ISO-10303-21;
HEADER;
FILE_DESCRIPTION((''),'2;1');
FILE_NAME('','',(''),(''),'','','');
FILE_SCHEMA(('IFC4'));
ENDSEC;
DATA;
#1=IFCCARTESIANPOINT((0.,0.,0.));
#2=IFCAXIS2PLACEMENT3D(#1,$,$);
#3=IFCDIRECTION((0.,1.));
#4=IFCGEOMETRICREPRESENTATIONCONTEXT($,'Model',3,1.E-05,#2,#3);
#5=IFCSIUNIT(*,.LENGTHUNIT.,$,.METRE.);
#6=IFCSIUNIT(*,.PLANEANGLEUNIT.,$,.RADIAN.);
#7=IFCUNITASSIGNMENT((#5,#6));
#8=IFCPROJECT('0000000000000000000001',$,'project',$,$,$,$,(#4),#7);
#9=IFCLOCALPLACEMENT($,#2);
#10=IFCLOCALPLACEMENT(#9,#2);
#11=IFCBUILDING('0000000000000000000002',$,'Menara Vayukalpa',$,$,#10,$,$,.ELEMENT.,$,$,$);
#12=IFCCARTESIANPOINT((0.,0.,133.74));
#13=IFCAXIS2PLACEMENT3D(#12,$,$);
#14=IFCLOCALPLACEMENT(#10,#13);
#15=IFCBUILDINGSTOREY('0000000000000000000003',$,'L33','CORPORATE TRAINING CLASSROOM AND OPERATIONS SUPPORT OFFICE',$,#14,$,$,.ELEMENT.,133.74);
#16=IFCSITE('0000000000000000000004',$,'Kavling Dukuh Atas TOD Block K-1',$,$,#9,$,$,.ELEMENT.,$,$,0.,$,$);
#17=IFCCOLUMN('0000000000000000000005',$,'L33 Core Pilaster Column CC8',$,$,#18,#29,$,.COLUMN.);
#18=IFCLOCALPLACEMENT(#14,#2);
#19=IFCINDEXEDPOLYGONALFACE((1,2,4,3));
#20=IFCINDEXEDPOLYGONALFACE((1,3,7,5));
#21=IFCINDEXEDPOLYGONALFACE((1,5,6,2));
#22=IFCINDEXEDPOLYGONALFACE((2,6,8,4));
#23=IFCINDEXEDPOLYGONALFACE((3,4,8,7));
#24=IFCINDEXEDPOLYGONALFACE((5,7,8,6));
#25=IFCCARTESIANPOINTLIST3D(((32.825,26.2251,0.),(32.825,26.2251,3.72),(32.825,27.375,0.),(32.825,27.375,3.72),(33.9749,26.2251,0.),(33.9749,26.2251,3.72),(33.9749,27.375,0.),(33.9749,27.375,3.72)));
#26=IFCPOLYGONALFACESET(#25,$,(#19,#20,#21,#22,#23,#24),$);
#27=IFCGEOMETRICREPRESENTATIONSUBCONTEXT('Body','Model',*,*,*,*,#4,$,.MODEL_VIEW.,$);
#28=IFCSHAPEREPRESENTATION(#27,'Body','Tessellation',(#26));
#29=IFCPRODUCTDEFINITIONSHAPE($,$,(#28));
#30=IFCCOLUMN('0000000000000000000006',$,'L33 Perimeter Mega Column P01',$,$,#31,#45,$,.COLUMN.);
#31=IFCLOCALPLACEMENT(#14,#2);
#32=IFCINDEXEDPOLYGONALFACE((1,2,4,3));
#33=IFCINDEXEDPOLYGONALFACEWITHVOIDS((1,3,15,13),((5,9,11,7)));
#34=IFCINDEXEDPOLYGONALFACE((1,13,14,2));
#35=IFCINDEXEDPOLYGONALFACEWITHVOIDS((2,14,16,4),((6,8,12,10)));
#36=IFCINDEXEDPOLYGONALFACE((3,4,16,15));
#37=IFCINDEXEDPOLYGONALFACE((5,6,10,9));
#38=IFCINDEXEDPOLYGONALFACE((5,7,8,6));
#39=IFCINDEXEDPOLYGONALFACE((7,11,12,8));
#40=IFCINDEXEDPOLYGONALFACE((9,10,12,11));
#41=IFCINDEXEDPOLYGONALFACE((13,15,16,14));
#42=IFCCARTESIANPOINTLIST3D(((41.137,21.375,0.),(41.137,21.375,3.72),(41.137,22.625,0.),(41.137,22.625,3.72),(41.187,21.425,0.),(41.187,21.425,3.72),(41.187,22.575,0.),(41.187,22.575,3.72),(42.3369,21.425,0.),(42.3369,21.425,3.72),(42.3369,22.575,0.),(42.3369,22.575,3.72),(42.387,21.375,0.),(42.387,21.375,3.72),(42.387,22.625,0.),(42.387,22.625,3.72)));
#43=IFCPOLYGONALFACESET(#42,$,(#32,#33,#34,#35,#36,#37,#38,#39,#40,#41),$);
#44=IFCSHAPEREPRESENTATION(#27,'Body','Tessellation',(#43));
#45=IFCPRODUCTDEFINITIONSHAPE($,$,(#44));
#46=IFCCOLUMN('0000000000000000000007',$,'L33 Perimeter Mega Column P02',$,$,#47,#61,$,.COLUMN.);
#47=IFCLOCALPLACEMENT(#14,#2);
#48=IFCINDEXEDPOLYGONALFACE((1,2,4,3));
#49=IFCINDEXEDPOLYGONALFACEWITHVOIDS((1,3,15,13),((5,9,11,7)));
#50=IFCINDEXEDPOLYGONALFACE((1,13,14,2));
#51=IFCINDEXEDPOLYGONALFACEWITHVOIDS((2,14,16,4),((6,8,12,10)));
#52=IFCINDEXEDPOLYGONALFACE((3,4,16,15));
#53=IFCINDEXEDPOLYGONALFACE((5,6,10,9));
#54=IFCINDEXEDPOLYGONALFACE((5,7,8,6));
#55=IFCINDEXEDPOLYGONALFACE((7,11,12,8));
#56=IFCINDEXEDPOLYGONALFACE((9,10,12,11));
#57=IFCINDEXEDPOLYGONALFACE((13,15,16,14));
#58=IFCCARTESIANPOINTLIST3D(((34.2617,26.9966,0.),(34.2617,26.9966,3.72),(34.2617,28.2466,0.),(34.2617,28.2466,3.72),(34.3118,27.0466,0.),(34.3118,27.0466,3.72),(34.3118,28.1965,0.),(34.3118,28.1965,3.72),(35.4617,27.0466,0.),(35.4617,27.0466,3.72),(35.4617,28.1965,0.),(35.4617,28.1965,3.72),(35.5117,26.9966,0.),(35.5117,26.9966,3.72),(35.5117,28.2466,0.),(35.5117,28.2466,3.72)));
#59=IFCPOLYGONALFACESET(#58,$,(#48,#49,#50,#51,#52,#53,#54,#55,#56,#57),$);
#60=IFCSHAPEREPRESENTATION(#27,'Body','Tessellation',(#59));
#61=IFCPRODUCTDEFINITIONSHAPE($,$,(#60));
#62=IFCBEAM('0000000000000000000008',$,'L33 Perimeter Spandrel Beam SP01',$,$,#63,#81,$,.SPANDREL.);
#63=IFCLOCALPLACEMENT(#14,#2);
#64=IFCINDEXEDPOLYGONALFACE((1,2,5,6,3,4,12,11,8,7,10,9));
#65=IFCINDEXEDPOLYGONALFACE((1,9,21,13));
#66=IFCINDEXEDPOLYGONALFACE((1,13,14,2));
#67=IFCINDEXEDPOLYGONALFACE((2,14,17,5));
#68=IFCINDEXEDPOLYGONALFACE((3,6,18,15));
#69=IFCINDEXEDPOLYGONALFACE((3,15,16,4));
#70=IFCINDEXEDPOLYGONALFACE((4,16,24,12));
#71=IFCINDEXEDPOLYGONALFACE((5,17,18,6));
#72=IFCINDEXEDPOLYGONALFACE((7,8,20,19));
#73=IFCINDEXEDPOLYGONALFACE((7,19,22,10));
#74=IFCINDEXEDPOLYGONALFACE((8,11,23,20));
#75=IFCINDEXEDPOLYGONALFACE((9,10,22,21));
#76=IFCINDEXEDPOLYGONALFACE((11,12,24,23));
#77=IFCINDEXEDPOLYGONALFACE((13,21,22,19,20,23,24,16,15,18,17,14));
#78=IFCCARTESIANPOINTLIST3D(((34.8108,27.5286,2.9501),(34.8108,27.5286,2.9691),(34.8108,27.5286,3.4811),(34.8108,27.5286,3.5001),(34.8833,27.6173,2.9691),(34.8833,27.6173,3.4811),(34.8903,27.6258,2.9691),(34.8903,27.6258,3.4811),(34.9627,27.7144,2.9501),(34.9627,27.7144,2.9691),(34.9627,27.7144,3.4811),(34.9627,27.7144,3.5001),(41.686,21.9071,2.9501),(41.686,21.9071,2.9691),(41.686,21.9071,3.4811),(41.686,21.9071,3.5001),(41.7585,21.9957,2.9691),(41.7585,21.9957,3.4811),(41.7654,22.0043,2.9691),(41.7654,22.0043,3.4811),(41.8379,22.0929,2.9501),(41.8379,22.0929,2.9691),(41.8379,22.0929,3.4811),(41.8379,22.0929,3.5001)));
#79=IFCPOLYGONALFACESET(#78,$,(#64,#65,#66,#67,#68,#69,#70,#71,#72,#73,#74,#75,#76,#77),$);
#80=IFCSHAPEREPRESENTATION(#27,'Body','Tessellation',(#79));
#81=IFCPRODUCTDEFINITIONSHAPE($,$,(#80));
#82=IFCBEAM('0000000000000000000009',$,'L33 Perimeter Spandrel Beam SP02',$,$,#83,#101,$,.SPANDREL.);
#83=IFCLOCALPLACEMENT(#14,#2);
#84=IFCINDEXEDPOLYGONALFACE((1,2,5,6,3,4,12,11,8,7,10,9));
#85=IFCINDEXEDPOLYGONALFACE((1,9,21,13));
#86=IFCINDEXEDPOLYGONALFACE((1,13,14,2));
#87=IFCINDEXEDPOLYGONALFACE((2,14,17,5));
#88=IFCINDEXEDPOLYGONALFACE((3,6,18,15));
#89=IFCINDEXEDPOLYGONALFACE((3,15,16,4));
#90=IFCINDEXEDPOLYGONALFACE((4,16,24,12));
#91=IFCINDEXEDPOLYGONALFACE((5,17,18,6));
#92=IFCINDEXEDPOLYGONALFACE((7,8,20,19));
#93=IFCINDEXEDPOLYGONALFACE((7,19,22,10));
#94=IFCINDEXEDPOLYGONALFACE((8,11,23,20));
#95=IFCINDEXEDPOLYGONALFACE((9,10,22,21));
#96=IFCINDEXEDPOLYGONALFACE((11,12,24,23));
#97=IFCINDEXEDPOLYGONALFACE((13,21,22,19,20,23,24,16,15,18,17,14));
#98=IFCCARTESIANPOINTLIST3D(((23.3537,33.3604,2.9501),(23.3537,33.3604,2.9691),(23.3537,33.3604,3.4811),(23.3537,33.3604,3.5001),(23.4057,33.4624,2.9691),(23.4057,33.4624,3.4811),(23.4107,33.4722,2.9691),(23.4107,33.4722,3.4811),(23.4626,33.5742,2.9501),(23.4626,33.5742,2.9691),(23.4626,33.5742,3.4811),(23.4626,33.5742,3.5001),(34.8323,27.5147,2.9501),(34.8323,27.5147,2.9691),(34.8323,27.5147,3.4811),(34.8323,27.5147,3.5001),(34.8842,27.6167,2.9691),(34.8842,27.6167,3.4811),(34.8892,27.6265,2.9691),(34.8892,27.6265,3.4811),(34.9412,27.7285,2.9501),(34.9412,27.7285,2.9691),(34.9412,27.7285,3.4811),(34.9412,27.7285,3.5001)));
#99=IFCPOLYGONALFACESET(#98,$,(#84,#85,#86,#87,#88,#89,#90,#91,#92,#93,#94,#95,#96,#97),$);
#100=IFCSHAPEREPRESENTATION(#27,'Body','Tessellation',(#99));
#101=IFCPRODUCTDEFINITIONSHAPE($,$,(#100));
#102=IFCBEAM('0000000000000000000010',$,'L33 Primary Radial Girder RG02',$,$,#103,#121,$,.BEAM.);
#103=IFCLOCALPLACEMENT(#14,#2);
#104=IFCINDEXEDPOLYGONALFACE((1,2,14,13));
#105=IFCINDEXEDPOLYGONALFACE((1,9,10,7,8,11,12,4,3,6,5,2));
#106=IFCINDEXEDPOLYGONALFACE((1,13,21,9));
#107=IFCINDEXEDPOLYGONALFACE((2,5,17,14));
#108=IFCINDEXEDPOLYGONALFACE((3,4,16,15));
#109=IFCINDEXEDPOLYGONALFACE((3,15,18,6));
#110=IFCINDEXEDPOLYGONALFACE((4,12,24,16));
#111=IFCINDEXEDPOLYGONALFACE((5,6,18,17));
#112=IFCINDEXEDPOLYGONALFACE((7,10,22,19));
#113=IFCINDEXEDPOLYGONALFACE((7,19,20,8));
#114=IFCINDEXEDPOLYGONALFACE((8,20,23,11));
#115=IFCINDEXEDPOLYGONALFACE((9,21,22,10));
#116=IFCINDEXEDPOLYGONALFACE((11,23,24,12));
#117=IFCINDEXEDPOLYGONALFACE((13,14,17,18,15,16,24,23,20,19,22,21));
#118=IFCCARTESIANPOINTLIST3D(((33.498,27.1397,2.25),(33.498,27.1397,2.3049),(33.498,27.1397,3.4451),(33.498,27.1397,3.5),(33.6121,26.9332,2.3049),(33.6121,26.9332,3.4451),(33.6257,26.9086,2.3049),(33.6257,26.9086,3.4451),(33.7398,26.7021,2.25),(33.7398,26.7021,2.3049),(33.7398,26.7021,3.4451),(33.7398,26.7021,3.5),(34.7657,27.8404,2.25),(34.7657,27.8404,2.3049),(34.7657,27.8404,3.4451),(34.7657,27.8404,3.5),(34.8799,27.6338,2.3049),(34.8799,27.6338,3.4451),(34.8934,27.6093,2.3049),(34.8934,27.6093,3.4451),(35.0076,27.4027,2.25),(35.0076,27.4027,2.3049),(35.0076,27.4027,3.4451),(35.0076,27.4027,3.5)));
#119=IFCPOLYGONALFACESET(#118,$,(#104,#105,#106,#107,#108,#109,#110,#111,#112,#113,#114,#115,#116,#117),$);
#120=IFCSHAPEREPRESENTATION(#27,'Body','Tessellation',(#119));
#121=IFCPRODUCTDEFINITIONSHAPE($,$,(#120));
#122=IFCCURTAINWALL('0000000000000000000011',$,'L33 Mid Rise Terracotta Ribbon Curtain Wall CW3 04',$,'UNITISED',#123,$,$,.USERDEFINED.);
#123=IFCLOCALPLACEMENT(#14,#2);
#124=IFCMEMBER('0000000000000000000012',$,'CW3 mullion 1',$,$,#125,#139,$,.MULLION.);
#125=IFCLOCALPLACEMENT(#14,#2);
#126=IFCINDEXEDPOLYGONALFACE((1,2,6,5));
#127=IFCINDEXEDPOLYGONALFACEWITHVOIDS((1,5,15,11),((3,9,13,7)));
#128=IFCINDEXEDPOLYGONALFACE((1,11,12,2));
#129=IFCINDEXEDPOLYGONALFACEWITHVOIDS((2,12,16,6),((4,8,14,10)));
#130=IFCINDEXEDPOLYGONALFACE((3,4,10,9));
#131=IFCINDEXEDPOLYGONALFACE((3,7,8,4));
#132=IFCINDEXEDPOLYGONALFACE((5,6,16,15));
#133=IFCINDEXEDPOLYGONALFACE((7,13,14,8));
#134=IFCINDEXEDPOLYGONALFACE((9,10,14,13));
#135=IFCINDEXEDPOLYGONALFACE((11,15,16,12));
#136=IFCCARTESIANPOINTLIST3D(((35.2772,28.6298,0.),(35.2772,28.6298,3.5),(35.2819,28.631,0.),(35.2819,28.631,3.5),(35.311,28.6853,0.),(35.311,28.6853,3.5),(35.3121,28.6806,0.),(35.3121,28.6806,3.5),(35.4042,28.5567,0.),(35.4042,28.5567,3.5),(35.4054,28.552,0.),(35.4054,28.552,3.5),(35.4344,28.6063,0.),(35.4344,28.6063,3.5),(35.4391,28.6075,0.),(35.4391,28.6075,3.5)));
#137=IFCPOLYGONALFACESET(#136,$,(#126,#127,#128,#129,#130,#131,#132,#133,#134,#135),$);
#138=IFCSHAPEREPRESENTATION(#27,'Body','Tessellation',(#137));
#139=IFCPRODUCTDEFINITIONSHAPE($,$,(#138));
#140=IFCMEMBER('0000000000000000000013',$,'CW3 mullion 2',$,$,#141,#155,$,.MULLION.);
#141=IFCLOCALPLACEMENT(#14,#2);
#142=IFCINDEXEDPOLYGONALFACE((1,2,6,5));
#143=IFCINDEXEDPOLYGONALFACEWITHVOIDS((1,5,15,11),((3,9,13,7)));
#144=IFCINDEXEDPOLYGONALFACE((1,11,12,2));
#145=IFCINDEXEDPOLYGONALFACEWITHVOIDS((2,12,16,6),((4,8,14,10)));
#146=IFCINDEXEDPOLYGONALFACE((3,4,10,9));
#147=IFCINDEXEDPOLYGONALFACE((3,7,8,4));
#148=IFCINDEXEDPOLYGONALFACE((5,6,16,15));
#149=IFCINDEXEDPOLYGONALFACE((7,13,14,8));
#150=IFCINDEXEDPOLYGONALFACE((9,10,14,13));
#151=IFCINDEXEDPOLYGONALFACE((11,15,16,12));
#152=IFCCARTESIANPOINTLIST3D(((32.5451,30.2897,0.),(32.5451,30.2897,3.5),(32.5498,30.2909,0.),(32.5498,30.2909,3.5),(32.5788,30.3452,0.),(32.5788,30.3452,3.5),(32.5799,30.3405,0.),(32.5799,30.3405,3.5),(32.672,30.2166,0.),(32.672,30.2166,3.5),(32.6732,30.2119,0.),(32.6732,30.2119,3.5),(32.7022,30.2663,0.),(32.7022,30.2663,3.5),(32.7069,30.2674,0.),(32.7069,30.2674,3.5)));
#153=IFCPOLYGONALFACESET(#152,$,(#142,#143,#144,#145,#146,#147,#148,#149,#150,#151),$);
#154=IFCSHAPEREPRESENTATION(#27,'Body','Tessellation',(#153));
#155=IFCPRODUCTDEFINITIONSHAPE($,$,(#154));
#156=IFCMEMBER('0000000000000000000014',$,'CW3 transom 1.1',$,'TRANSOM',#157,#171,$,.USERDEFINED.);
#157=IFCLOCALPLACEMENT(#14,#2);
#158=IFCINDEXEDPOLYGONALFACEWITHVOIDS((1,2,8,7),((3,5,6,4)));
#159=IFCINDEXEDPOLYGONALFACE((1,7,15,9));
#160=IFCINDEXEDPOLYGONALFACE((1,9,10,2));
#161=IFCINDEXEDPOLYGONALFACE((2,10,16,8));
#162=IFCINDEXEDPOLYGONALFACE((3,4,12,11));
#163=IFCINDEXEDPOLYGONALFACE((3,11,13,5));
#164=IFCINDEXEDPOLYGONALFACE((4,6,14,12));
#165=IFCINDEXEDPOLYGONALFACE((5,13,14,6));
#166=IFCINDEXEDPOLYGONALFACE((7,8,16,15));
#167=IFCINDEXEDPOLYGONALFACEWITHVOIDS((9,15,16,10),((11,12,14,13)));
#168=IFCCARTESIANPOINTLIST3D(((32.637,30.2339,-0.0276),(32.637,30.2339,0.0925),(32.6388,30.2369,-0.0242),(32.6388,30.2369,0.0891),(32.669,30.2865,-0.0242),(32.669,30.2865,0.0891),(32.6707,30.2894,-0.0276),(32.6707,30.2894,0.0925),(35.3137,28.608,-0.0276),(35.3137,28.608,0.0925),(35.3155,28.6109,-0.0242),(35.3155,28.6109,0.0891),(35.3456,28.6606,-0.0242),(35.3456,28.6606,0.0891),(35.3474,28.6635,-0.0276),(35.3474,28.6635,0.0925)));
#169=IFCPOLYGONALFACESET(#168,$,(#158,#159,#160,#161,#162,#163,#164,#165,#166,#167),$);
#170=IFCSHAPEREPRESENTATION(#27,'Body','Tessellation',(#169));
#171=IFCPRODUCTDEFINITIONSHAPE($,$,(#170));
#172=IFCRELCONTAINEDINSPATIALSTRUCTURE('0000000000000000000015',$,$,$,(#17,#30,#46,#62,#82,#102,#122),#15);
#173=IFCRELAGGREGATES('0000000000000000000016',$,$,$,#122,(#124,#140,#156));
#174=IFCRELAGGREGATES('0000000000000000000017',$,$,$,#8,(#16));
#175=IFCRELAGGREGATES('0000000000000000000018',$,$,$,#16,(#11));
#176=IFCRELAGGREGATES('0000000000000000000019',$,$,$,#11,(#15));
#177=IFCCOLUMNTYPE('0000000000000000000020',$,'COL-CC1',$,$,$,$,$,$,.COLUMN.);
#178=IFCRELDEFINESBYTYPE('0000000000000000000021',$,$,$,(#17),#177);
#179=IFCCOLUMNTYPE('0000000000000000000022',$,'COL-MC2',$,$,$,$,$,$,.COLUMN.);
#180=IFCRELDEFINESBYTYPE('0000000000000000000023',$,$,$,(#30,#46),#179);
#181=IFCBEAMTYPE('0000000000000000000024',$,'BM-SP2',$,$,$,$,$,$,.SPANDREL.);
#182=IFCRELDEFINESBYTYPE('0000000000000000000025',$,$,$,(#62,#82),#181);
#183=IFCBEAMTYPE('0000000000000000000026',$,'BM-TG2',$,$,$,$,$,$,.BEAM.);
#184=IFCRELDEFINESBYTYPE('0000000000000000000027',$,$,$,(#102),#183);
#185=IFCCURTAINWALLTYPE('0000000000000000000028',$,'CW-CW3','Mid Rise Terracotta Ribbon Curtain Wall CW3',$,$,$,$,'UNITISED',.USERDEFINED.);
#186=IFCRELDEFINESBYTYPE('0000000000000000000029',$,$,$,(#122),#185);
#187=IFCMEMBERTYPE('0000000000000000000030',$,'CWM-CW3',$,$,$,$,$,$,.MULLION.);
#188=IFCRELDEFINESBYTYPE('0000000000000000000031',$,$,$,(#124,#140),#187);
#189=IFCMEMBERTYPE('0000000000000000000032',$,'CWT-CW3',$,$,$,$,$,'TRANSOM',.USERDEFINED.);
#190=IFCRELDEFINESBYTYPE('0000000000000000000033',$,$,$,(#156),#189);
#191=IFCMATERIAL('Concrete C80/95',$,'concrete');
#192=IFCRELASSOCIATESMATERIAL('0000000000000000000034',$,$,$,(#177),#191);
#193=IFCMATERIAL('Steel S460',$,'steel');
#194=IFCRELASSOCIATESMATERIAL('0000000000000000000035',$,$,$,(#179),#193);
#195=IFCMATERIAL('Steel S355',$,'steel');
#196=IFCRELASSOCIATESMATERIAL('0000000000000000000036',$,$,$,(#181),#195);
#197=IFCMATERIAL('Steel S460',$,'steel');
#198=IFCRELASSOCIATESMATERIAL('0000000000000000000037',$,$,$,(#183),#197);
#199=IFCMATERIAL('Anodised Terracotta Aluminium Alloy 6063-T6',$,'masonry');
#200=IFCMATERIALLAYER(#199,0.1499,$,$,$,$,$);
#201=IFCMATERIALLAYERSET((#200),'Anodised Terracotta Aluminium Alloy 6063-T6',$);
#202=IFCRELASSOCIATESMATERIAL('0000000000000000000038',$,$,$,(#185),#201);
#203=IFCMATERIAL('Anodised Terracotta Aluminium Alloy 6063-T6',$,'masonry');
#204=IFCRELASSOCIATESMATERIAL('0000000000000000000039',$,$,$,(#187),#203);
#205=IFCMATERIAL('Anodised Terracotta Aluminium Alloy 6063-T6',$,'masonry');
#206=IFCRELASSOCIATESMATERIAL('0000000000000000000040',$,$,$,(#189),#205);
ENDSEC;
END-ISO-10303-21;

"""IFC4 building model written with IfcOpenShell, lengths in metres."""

from ifc_helpers import new_model, si_unit, direction, frame, origin, origin_2d, place, context, subcontext, project, spatial, rectangle, hollow_rectangle, i_section, extrude, material, layer, layer_set, material_profile, profile_set, type_object, element, aggregate, save


model = new_model("IFC4")

# Units and contexts
model_context = context("Model", 3, precision=1e-05, world=origin(), true_north=direction((0.0, 1.0)))
body_context = subcontext(model_context, "Body", "Model", "MODEL_VIEW")
ifc_project = project(units=[si_unit("LENGTHUNIT", "METRE"), si_unit("PLANEANGLEUNIT", "RADIAN")], contexts=[model_context])

# Site, building, storey
site_placement = place(None, origin())
site = spatial("IfcSite", under=ifc_project, at=site_placement, Name="Kavling Dukuh Atas TOD Block K-1", CompositionType="ELEMENT", RefElevation=0.0)
building_placement = place(site_placement, origin())
building = spatial("IfcBuilding", under=site, at=building_placement, Name="Menara Vayukalpa", CompositionType="ELEMENT")
storey_placement = place(building_placement, frame((0.0, 0.0, 133.74)))
storey = spatial("IfcBuildingStorey", under=building, at=storey_placement, Name="L33", Description="CORPORATE TRAINING CLASSROOM AND OPERATIONS SUPPORT OFFICE", CompositionType="ELEMENT", Elevation=133.74)

# Columns
ifc_material_1 = material(Name="Concrete C80/95", Category="concrete")
ifc_material_profile_1 = material_profile(ifc_material_1, rectangle(XDim=1.1499, YDim=1.1499, at=origin_2d()), Name="RC 1150x1150")
ifc_profile_set_1 = profile_set([ifc_material_profile_1], Name="Concrete C80/95")
column_type_1 = type_object("IfcColumnType", Name="COL-CC1", PredefinedType="COLUMN", material=ifc_profile_set_1)
column_placement = place(storey_placement, frame((33.3999, 26.8, 0.0), z_axis=(0.0, 0.0, 1.0), x_axis=(1.0, 0.0, 0.0)))
element("IfcColumn", 1, at=column_placement, inside=storey, type_object=column_type_1, Name="L33 Core Pilaster Column CC8", PredefinedType="COLUMN", context=body_context, shape_type="SweptSolid", body=[
    extrude(rectangle(XDim=1.1499, YDim=1.1499, at=origin_2d()), origin(), (0.0, 0.0, 1.0), 3.72),
])
ifc_material_2 = material(Name="Steel S460", Category="steel")
ifc_material_profile_2 = material_profile(ifc_material_2, hollow_rectangle(XDim=1.25, YDim=1.25, WallThickness=0.05, at=origin_2d()), Name="BOX 1250x1250x50")
ifc_profile_set_2 = profile_set([ifc_material_profile_2], Name="Steel S460")
column_type_2 = type_object("IfcColumnType", Name="COL-MC2", PredefinedType="COLUMN", material=ifc_profile_set_2)
for number, where, z_axis, x_axis, name in (
    (2, (41.762, 22.0, 0.0), (0.0, 0.0, 1.0), (1.0, 0.0, 0.0), "L33 Perimeter Mega Column P01"),
    (3, (34.8867, 27.6216, 0.0), (0.0, 0.0, 1.0), (1.0, 0.0, 0.0), "L33 Perimeter Mega Column P02"),
):
    element("IfcColumn", number, at=place(storey_placement, frame(where, z_axis=z_axis, x_axis=x_axis)), inside=storey, type_object=column_type_2, Name=name, PredefinedType="COLUMN", context=body_context, shape_type="SweptSolid", body=[
        extrude(hollow_rectangle(XDim=1.25, YDim=1.25, WallThickness=0.05, at=origin_2d()), origin(), (0.0, 0.0, 1.0), 3.72),
    ])

# Beams
ifc_material_3 = material(Name="Steel S355", Category="steel")
ifc_material_profile_3 = material_profile(ifc_material_3, i_section(OverallWidth=0.24, OverallDepth=0.55, WebThickness=0.011, FlangeThickness=0.019, at=origin_2d()), Name="WF 550x240x11x19")
ifc_profile_set_3 = profile_set([ifc_material_profile_3], Name="Steel S355")
beam_type_1 = type_object("IfcBeamType", Name="BM-SP2", PredefinedType="SPANDREL", material=ifc_profile_set_3)
beam_1_placement = place(storey_placement, frame((41.762, 22.0, 3.2251), z_axis=(-0.774157, 0.632994, 0.0), x_axis=(-0.632994, -0.774157, 0.0)))
element("IfcBeam", 4, at=beam_1_placement, inside=storey, type_object=beam_type_1, Name="L33 Perimeter Spandrel Beam SP01", PredefinedType="SPANDREL", context=body_context, shape_type="SweptSolid", body=[
    extrude(i_section(OverallWidth=0.24, OverallDepth=0.55, WebThickness=0.011, FlangeThickness=0.019, at=origin_2d()), origin(), (0.0, 0.0, 1.0), 8.8809),
])
beam_2_placement = place(storey_placement, frame((34.8867, 27.6216, 3.2251), z_axis=(-0.891097, 0.453812, 0.0), x_axis=(-0.453812, -0.891097, 0.0)))
element("IfcBeam", 5, at=beam_2_placement, inside=storey, type_object=beam_type_1, Name="L33 Perimeter Spandrel Beam SP02", PredefinedType="SPANDREL", context=body_context, shape_type="SweptSolid", body=[
    extrude(i_section(OverallWidth=0.24, OverallDepth=0.55, WebThickness=0.011, FlangeThickness=0.019, at=origin_2d()), origin(), (0.0, 0.0, 1.0), 12.8813),
])
ifc_material_4 = material(Name="Steel S460", Category="steel")
ifc_material_profile_4 = material_profile(ifc_material_4, i_section(OverallWidth=0.5, OverallDepth=1.25, WebThickness=0.0281, FlangeThickness=0.0549, at=origin_2d()), Name="WG 1250x500x28x55")
ifc_profile_set_4 = profile_set([ifc_material_profile_4], Name="Steel S460")
beam_type_2 = type_object("IfcBeamType", Name="BM-TG2", PredefinedType="BEAM", material=ifc_profile_set_4)
beam_3_placement = place(storey_placement, frame((33.6189, 26.9209, 2.875), z_axis=(0.875228, 0.48371, 0.0), x_axis=(-0.48371, 0.875228, 0.0)))
element("IfcBeam", 6, at=beam_3_placement, inside=storey, type_object=beam_type_2, Name="L33 Primary Radial Girder RG02", PredefinedType="BEAM", context=body_context, shape_type="SweptSolid", body=[
    extrude(i_section(OverallWidth=0.5, OverallDepth=1.25, WebThickness=0.0281, FlangeThickness=0.0549, at=origin_2d()), origin(), (0.0, 0.0, 1.0), 1.4485),
])

# Curtain wall, members
ifc_material_5 = material(Name="Anodised Terracotta Aluminium Alloy 6063-T6", Category="masonry")
ifc_layer_1 = layer(ifc_material_5, 0.1499)
ifc_layer_set_1 = layer_set([ifc_layer_1], Name="Anodised Terracotta Aluminium Alloy 6063-T6")
curtain_wall_type = type_object("IfcCurtainWallType", Name="CW-CW3", Description="Mid Rise Terracotta Ribbon Curtain Wall CW3", ElementType="UNITISED", PredefinedType="USERDEFINED", material=ifc_layer_set_1)
curtain_wall_placement = place(storey_placement, origin())
curtain_wall = element("IfcCurtainWall", 7, at=curtain_wall_placement, inside=storey, type_object=curtain_wall_type, Name="L33 Mid Rise Terracotta Ribbon Curtain Wall CW3 04", ObjectType="UNITISED", PredefinedType="USERDEFINED")
ifc_material_6 = material(Name="Anodised Terracotta Aluminium Alloy 6063-T6", Category="masonry")
ifc_material_profile_5 = material_profile(ifc_material_6, hollow_rectangle(XDim=0.0649, YDim=0.1499, WallThickness=0.0034, at=origin_2d()), Name="ALU 65x150x3.5")
ifc_profile_set_5 = profile_set([ifc_material_profile_5], Name="Anodised Terracotta Aluminium Alloy 6063-T6")
member_type_1 = type_object("IfcMemberType", Name="CWM-CW3", PredefinedType="MULLION", material=ifc_profile_set_5)
member_1_placement = place(storey_placement, frame((35.3582, 28.6187, 0.0), z_axis=(0.0, 0.0, 1.0), x_axis=(-0.519183, -0.854663, 0.0)))
member_1 = element("IfcMember", 8, at=member_1_placement, type_object=member_type_1, Name="CW3 mullion 1", PredefinedType="MULLION", context=body_context, shape_type="SweptSolid", body=[
    extrude(hollow_rectangle(XDim=0.0649, YDim=0.1499, WallThickness=0.0034, at=origin_2d()), origin(), (0.0, 0.0, 1.0), 3.5),
])
member_2_placement = place(storey_placement, frame((32.626, 30.2786, 0.0), z_axis=(0.0, 0.0, 1.0), x_axis=(-0.519183, -0.854663, 0.0)))
member_2 = element("IfcMember", 9, at=member_2_placement, type_object=member_type_1, Name="CW3 mullion 2", PredefinedType="MULLION", context=body_context, shape_type="SweptSolid", body=[
    extrude(hollow_rectangle(XDim=0.0649, YDim=0.1499, WallThickness=0.0034, at=origin_2d()), origin(), (0.0, 0.0, 1.0), 3.5),
])
ifc_material_7 = material(Name="Anodised Terracotta Aluminium Alloy 6063-T6", Category="masonry")
ifc_material_profile_6 = material_profile(ifc_material_7, hollow_rectangle(XDim=0.0649, YDim=0.1201, WallThickness=0.0034, at=origin_2d()), Name="ALU 65x120x3.5")
ifc_profile_set_6 = profile_set([ifc_material_profile_6], Name="Anodised Terracotta Aluminium Alloy 6063-T6")
member_type_2 = type_object("IfcMemberType", Name="CWT-CW3", ElementType="TRANSOM", PredefinedType="USERDEFINED", material=ifc_profile_set_6)
member_3_placement = place(storey_placement, frame((35.3306, 28.6357, 0.0325), z_axis=(-0.854674, 0.519165, 0.0), x_axis=(-0.519165, -0.854674, 0.0)))
member_3 = element("IfcMember", 10, at=member_3_placement, type_object=member_type_2, Name="CW3 transom 1.1", ObjectType="TRANSOM", PredefinedType="USERDEFINED", context=body_context, shape_type="SweptSolid", body=[
    extrude(hollow_rectangle(XDim=0.0649, YDim=0.1201, WallThickness=0.0034, at=origin_2d()), origin(), (0.0, 0.0, 1.0), 3.1318),
])
aggregate(curtain_wall, [member_1, member_2, member_3])

save(model, "model.ifc")
